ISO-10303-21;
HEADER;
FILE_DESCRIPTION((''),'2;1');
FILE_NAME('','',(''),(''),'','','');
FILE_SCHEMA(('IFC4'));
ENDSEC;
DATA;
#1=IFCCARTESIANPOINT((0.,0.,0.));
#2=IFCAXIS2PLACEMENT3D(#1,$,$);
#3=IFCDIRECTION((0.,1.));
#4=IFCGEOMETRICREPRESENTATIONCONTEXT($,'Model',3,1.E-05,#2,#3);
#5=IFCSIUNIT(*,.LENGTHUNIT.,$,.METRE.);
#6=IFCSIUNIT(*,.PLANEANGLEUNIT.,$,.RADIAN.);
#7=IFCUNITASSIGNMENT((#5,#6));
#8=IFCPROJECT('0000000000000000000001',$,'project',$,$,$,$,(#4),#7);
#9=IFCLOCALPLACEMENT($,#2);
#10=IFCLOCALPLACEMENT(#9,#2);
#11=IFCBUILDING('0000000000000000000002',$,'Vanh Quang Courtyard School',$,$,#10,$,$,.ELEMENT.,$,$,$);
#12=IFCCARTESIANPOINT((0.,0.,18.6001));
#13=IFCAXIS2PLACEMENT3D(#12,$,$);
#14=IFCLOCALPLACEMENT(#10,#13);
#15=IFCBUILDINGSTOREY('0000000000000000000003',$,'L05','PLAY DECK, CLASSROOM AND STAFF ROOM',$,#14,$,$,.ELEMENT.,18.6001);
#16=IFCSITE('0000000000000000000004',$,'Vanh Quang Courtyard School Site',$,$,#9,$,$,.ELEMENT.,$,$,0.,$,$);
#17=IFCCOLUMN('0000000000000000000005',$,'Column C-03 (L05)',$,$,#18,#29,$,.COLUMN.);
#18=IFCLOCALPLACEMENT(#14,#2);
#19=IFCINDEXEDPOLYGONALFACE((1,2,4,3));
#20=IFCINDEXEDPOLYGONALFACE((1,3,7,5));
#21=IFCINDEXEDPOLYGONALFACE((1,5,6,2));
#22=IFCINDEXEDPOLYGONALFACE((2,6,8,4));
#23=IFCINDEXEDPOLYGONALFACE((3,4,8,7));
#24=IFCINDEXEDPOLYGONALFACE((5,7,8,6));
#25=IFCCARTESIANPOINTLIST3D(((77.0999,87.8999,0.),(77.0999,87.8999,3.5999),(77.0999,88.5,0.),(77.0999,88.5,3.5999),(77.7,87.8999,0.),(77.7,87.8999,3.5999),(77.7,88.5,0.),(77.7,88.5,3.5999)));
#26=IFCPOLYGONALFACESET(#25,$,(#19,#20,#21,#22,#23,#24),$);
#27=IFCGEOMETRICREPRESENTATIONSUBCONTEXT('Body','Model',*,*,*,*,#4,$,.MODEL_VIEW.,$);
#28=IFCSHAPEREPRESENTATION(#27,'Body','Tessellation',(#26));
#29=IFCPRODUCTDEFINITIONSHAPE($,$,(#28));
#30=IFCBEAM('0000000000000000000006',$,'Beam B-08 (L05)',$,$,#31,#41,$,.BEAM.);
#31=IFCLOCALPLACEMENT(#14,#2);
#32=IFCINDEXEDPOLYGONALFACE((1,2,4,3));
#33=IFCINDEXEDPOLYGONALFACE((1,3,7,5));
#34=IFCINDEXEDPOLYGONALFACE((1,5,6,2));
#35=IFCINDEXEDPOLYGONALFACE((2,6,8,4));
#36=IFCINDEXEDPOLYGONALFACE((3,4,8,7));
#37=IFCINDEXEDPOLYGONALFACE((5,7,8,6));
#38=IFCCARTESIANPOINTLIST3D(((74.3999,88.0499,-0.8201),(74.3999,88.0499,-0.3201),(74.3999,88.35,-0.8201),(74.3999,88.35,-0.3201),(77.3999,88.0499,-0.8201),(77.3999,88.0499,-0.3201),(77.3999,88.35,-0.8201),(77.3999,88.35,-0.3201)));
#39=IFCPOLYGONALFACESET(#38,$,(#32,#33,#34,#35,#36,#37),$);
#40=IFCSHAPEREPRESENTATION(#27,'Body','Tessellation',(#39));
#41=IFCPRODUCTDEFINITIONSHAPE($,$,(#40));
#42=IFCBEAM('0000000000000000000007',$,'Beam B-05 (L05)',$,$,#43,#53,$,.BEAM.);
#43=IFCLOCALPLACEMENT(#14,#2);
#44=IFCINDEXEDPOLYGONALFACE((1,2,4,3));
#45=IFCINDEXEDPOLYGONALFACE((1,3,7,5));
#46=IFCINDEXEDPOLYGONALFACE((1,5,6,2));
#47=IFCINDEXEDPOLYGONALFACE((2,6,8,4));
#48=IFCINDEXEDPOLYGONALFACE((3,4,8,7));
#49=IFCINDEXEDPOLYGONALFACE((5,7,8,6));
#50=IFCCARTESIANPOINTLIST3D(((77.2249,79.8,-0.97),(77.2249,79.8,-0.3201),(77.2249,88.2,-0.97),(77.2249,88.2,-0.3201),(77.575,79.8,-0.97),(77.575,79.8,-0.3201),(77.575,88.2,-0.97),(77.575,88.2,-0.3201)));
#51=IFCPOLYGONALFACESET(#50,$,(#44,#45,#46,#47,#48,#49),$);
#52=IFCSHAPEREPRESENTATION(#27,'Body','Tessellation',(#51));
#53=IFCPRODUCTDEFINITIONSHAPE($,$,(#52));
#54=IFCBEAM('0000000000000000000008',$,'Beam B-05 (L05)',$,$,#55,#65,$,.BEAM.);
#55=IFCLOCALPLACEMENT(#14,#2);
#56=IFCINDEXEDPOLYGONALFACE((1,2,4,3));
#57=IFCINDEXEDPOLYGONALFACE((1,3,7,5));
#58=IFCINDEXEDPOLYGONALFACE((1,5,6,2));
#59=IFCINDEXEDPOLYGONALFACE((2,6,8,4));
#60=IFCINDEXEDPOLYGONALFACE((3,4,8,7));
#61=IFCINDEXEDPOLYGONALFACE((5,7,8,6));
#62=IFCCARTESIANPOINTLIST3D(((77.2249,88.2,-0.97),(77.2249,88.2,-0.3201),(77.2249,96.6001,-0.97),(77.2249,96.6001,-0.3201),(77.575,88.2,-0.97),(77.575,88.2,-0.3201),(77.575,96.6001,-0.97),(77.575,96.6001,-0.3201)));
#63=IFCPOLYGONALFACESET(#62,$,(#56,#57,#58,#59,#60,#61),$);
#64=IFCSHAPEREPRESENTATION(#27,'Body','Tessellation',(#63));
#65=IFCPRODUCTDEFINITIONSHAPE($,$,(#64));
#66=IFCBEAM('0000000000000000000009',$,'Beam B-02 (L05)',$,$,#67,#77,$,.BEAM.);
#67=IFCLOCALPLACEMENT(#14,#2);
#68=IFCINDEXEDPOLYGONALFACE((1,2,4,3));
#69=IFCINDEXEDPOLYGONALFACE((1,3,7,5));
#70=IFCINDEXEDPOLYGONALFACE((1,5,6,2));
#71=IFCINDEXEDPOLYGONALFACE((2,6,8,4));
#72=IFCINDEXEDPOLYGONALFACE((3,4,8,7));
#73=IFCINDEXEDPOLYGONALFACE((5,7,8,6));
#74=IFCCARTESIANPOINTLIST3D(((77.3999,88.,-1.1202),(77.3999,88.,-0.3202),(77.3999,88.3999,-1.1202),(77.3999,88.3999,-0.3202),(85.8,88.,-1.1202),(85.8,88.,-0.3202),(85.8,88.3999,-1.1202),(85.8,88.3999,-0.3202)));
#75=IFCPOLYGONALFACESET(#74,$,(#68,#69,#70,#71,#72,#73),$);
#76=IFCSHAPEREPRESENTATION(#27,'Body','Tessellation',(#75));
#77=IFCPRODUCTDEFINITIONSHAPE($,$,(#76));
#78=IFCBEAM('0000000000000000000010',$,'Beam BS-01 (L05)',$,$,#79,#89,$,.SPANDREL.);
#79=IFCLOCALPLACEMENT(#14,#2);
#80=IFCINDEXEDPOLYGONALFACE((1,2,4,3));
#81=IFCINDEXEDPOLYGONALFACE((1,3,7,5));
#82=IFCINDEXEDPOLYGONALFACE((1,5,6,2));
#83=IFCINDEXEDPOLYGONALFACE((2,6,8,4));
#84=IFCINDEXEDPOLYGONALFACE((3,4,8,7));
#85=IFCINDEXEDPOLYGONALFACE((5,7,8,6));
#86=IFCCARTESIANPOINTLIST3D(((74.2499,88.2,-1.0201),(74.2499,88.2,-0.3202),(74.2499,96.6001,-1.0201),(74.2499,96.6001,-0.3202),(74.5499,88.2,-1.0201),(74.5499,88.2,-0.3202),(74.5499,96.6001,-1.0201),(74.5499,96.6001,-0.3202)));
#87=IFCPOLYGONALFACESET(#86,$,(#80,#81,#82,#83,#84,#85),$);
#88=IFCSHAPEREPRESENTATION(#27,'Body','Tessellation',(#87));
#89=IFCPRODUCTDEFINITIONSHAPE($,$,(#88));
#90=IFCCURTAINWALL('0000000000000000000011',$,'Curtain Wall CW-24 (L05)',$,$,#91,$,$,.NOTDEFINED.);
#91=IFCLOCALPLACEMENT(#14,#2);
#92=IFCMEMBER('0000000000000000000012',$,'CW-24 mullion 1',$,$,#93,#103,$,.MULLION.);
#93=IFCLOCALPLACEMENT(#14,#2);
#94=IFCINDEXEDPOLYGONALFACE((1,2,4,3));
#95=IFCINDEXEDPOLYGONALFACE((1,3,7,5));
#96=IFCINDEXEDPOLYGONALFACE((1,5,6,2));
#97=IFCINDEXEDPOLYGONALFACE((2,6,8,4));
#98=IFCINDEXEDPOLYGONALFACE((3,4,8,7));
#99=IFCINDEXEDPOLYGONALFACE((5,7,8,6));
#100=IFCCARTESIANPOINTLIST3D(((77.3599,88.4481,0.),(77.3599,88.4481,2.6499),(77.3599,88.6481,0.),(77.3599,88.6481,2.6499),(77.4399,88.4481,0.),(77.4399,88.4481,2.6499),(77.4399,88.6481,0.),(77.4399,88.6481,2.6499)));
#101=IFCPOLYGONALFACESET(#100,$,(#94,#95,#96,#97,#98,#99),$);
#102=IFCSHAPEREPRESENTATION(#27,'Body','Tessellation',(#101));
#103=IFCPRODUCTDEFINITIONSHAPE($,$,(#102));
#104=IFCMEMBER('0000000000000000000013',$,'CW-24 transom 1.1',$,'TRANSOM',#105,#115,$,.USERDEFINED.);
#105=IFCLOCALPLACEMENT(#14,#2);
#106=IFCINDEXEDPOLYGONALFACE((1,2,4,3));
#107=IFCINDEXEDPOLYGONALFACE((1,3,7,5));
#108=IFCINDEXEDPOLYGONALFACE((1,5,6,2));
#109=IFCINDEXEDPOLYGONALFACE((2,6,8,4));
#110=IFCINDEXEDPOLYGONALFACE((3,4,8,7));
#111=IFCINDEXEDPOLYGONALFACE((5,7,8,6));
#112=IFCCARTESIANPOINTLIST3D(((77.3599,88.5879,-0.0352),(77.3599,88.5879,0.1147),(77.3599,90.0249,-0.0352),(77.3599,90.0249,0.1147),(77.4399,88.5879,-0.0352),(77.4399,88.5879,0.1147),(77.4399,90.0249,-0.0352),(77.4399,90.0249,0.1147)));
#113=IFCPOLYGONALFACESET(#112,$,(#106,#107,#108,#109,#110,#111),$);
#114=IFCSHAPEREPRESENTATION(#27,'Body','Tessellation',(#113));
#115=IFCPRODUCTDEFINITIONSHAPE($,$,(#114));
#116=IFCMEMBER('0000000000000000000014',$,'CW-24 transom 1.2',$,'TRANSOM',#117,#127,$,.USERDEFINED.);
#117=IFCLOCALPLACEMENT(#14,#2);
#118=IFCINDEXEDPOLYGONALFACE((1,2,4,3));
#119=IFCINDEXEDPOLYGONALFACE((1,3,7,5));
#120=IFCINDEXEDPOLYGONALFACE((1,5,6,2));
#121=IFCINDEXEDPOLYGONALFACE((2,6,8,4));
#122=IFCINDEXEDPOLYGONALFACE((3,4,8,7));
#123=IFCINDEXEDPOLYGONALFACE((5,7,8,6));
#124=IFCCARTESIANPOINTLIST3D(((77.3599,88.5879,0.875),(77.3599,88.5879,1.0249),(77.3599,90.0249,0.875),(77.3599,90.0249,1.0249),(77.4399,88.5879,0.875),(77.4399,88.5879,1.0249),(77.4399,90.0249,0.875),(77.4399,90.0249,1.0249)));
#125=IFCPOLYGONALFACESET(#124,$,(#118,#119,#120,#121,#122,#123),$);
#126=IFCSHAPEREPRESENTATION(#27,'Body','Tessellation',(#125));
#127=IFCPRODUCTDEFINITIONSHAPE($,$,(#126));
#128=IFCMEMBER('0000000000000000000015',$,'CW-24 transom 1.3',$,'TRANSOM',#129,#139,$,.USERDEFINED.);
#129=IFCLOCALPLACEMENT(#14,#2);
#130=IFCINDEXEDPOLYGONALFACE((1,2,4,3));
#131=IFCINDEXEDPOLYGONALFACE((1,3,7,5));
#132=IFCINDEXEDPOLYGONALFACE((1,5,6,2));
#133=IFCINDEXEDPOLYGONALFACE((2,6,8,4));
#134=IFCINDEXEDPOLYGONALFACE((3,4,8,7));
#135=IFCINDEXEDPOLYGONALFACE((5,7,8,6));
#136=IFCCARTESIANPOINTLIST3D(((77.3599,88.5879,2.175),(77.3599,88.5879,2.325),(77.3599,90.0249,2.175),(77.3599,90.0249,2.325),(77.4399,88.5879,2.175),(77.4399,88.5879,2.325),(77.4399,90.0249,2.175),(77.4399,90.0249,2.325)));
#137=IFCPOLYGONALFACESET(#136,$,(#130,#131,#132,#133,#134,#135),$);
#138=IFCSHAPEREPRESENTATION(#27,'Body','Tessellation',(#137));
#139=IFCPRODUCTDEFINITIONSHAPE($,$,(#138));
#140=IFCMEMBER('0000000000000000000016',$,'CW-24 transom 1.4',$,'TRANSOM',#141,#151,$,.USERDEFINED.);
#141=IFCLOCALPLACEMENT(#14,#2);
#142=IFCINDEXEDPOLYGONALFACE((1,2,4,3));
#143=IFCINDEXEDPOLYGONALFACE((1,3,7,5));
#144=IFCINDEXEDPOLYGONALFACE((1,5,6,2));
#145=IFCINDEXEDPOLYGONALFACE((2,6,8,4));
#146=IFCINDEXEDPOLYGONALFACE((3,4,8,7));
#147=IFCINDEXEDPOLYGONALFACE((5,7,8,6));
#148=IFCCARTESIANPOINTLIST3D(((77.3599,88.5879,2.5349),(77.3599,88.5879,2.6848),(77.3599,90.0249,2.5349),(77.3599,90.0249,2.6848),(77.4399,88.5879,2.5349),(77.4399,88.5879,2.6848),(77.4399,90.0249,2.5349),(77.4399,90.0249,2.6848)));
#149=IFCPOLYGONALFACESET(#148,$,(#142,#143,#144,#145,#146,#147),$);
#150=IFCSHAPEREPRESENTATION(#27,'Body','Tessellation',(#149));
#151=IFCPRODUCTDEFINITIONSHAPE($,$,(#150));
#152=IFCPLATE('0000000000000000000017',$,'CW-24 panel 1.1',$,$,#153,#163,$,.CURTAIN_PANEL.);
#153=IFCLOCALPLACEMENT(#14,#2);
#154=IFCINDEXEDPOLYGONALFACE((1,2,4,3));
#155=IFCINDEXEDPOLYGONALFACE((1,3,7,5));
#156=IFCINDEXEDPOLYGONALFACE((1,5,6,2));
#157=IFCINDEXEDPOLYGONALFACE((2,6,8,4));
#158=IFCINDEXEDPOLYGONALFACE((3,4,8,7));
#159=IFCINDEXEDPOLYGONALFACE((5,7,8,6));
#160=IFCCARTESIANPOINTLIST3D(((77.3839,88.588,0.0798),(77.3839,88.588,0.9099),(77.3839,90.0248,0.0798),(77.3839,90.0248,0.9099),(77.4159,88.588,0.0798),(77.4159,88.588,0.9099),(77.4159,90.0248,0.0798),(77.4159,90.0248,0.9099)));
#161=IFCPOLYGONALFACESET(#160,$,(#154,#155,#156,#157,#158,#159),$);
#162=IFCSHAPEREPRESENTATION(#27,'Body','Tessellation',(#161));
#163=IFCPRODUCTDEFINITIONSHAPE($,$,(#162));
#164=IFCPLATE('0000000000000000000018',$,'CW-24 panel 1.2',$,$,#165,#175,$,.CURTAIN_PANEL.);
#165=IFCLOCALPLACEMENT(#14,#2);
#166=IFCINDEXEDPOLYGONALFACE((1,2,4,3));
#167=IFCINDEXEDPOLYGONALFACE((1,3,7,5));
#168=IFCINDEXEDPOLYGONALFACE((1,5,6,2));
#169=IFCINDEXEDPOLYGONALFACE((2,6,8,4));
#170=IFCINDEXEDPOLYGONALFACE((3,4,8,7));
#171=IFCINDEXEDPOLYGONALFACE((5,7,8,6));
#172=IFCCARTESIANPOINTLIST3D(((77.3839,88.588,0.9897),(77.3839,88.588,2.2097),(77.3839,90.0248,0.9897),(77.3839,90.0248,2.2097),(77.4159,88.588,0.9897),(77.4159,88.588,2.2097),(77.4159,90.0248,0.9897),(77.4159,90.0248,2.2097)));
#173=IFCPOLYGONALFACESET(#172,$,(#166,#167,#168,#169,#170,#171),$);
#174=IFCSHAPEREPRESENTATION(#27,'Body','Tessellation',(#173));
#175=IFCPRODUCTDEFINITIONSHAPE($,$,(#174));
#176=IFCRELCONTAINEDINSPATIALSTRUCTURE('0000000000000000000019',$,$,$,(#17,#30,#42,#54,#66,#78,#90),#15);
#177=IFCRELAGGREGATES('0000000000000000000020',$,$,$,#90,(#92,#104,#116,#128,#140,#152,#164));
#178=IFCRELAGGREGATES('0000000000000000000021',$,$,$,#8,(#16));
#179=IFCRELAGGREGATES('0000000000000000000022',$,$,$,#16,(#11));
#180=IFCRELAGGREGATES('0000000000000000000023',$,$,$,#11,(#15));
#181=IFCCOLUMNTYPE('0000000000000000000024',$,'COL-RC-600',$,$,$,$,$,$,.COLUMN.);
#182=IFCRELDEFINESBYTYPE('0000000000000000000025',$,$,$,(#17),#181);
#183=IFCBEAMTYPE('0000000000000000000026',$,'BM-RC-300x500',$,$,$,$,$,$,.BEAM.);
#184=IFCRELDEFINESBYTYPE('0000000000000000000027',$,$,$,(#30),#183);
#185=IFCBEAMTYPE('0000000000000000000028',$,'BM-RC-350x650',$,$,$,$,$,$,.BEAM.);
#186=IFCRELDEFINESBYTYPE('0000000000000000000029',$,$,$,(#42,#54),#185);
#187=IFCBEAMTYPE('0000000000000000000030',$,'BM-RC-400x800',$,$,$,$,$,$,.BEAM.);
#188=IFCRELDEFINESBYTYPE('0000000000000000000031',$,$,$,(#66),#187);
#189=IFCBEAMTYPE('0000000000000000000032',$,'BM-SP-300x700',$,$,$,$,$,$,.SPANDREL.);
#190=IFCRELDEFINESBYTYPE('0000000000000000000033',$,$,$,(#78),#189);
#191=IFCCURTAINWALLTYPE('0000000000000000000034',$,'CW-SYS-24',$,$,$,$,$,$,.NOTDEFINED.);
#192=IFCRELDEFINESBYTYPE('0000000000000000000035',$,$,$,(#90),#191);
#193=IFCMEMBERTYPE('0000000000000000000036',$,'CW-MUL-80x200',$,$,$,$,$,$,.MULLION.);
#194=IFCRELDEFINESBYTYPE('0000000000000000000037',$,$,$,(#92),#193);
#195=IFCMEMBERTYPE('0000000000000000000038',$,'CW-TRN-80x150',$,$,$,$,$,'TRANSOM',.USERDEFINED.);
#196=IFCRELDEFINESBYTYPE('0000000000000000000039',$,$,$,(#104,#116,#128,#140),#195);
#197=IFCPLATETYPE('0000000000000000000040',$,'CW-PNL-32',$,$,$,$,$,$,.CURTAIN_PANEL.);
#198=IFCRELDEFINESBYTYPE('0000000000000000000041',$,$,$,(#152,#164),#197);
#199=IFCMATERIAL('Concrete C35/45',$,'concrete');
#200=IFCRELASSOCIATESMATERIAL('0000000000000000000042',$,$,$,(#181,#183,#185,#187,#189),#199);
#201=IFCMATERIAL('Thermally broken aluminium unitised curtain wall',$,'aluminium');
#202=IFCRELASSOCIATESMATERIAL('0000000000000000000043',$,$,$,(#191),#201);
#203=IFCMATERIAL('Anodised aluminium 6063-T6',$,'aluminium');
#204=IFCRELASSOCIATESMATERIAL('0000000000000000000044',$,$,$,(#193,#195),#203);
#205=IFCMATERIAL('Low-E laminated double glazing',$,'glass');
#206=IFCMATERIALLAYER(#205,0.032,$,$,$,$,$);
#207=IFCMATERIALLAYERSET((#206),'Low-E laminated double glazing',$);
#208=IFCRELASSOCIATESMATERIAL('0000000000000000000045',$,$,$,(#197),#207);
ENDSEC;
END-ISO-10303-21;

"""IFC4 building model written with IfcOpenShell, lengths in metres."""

from ifc_helpers import new_model, si_unit, direction, frame, origin, origin_2d, place, context, subcontext, project, spatial, rectangle, extrude, material, layer, layer_set, material_profile, profile_set, type_object, element, aggregate, save


model = new_model("IFC4")

# Units and contexts
model_context = context("Model", 3, precision=1e-05, world=origin(), true_north=direction((0.0, 1.0)))
body_context = subcontext(model_context, "Body", "Model", "MODEL_VIEW")
ifc_project = project(units=[si_unit("LENGTHUNIT", "METRE"), si_unit("PLANEANGLEUNIT", "RADIAN")], contexts=[model_context])

# Site, building, storey
site_placement = place(None, origin())
site = spatial("IfcSite", under=ifc_project, at=site_placement, Name="Vanh Quang Courtyard School Site", CompositionType="ELEMENT", RefElevation=0.0)
building_placement = place(site_placement, origin())
building = spatial("IfcBuilding", under=site, at=building_placement, Name="Vanh Quang Courtyard School", CompositionType="ELEMENT")
storey_placement = place(building_placement, frame((0.0, 0.0, 18.6001)))
storey = spatial("IfcBuildingStorey", under=building, at=storey_placement, Name="L05", Description="PLAY DECK, CLASSROOM AND STAFF ROOM", CompositionType="ELEMENT", Elevation=18.6001)

# Column
ifc_material_1 = material(Name="Concrete C35/45", Category="concrete")
ifc_material_profile_1 = material_profile(ifc_material_1, rectangle(XDim=0.6001, YDim=0.6001, at=origin_2d()), Name="RC-COL 600x600")
ifc_profile_set_1 = profile_set([ifc_material_profile_1], Name="Concrete C35/45")
column_type = type_object("IfcColumnType", Name="COL-RC-600", PredefinedType="COLUMN", material=ifc_profile_set_1)
column_placement = place(storey_placement, frame((77.3999, 88.2, 0.0), z_axis=(0.0, 0.0, 1.0), x_axis=(1.0, 0.0, 0.0)))
element("IfcColumn", 1, at=column_placement, inside=storey, type_object=column_type, Name="Column C-03 (L05)", PredefinedType="COLUMN", context=body_context, shape_type="SweptSolid", body=[
    extrude(rectangle(XDim=0.6001, YDim=0.6001, at=origin_2d()), origin(), (0.0, 0.0, 1.0), 3.5999),
])

# Beams
ifc_material_profile_2 = material_profile(ifc_material_1, rectangle(XDim=0.3, YDim=0.5, at=origin_2d()), Name="RC-BM 300x500")
ifc_profile_set_2 = profile_set([ifc_material_profile_2], Name="Concrete C35/45")
beam_type_1 = type_object("IfcBeamType", Name="BM-RC-300x500", PredefinedType="BEAM", material=ifc_profile_set_2)
beam_1_placement = place(storey_placement, frame((74.3999, 88.2, -0.5701), z_axis=(1.0, 0.0, 0.0), x_axis=(0.0, 1.0, 0.0)))
element("IfcBeam", 2, at=beam_1_placement, inside=storey, type_object=beam_type_1, Name="Beam B-08 (L05)", PredefinedType="BEAM", context=body_context, shape_type="SweptSolid", body=[
    extrude(rectangle(XDim=0.3, YDim=0.5, at=origin_2d()), origin(), (0.0, 0.0, 1.0), 3.0),
])
ifc_material_profile_3 = material_profile(ifc_material_1, rectangle(XDim=0.3501, YDim=0.6499, at=origin_2d()), Name="RC-BM 350x650")
ifc_profile_set_3 = profile_set([ifc_material_profile_3], Name="Concrete C35/45")
beam_type_2 = type_object("IfcBeamType", Name="BM-RC-350x650", PredefinedType="BEAM", material=ifc_profile_set_3)
beam_2_placement = place(storey_placement, frame((77.3999, 79.8, -0.645), z_axis=(0.0, 1.0, 0.0), x_axis=(-1.0, 0.0, 0.0)))
element("IfcBeam", 3, at=beam_2_placement, inside=storey, type_object=beam_type_2, Name="Beam B-05 (L05)", PredefinedType="BEAM", context=body_context, shape_type="SweptSolid", body=[
    extrude(rectangle(XDim=0.3501, YDim=0.6499, at=origin_2d()), origin(), (0.0, 0.0, 1.0), 8.3999),
])
beam_3_placement = place(storey_placement, frame((77.3999, 88.2, -0.645), z_axis=(0.0, 1.0, 0.0), x_axis=(-1.0, 0.0, 0.0)))
element("IfcBeam", 4, at=beam_3_placement, inside=storey, type_object=beam_type_2, Name="Beam B-05 (L05)", PredefinedType="BEAM", context=body_context, shape_type="SweptSolid", body=[
    extrude(rectangle(XDim=0.3501, YDim=0.6499, at=origin_2d()), origin(), (0.0, 0.0, 1.0), 8.4001),
])
ifc_material_profile_4 = material_profile(ifc_material_1, rectangle(XDim=0.3999, YDim=0.8, at=origin_2d()), Name="RC-BM 400x800")
ifc_profile_set_4 = profile_set([ifc_material_profile_4], Name="Concrete C35/45")
beam_type_3 = type_object("IfcBeamType", Name="BM-RC-400x800", PredefinedType="BEAM", material=ifc_profile_set_4)
beam_4_placement = place(storey_placement, frame((77.3999, 88.2, -0.7202), z_axis=(1.0, 0.0, 0.0), x_axis=(0.0, 1.0, 0.0)))
element("IfcBeam", 5, at=beam_4_placement, inside=storey, type_object=beam_type_3, Name="Beam B-02 (L05)", PredefinedType="BEAM", context=body_context, shape_type="SweptSolid", body=[
    extrude(rectangle(XDim=0.3999, YDim=0.8, at=origin_2d()), origin(), (0.0, 0.0, 1.0), 8.4001),
])
ifc_material_profile_5 = material_profile(ifc_material_1, rectangle(XDim=0.3, YDim=0.7, at=origin_2d()), Name="RC-SP 300x700")
ifc_profile_set_5 = profile_set([ifc_material_profile_5], Name="Concrete C35/45")
beam_type_4 = type_object("IfcBeamType", Name="BM-SP-300x700", PredefinedType="SPANDREL", material=ifc_profile_set_5)
beam_5_placement = place(storey_placement, frame((74.3999, 88.2, -0.6702), z_axis=(0.0, 1.0, 0.0), x_axis=(-1.0, 0.0, 0.0)))
element("IfcBeam", 6, at=beam_5_placement, inside=storey, type_object=beam_type_4, Name="Beam BS-01 (L05)", PredefinedType="SPANDREL", context=body_context, shape_type="SweptSolid", body=[
    extrude(rectangle(XDim=0.3, YDim=0.7, at=origin_2d()), origin(), (0.0, 0.0, 1.0), 8.4001),
])

# Curtain wall, members, plates
ifc_material_2 = material(Name="Thermally broken aluminium unitised curtain wall", Category="aluminium")
curtain_wall_type = type_object("IfcCurtainWallType", Name="CW-SYS-24", PredefinedType="NOTDEFINED", material=ifc_material_2)
curtain_wall_placement = place(storey_placement, origin())
curtain_wall = element("IfcCurtainWall", 7, at=curtain_wall_placement, inside=storey, type_object=curtain_wall_type, Name="Curtain Wall CW-24 (L05)", PredefinedType="NOTDEFINED")
ifc_material_3 = material(Name="Anodised aluminium 6063-T6", Category="aluminium")
ifc_material_profile_6 = material_profile(ifc_material_3, rectangle(XDim=0.0801, YDim=0.2, at=origin_2d()), Name="ALU-MUL 80x200")
ifc_profile_set_6 = profile_set([ifc_material_profile_6], Name="Anodised aluminium 6063-T6")
member_type_1 = type_object("IfcMemberType", Name="CW-MUL-80x200", PredefinedType="MULLION", material=ifc_profile_set_6)
member_1_placement = place(storey_placement, frame((77.3999, 88.5481, 0.0), z_axis=(0.0, 0.0, 1.0), x_axis=(-1.0, 0.0, 0.0)))
member_1 = element("IfcMember", 8, at=member_1_placement, type_object=member_type_1, Name="CW-24 mullion 1", PredefinedType="MULLION", context=body_context, shape_type="SweptSolid", body=[
    extrude(rectangle(XDim=0.0801, YDim=0.2, at=origin_2d()), origin(), (0.0, 0.0, 1.0), 2.6499),
])
ifc_material_profile_7 = material_profile(ifc_material_3, rectangle(XDim=0.0801, YDim=0.1499, at=origin_2d()), Name="ALU-TRN 80x150")
ifc_profile_set_7 = profile_set([ifc_material_profile_7], Name="Anodised aluminium 6063-T6")
member_type_2 = type_object("IfcMemberType", Name="CW-TRN-80x150", ElementType="TRANSOM", PredefinedType="USERDEFINED", material=ifc_profile_set_7)
member_2_placement = place(storey_placement, frame((77.3999, 88.5879, 0.0398), z_axis=(0.0, 1.0, 0.0), x_axis=(-1.0, 0.0, 0.0)))
member_2 = element("IfcMember", 9, at=member_2_placement, type_object=member_type_2, Name="CW-24 transom 1.1", ObjectType="TRANSOM", PredefinedType="USERDEFINED", context=body_context, shape_type="SweptSolid", body=[
    extrude(rectangle(XDim=0.0801, YDim=0.1499, at=origin_2d()), origin(), (0.0, 0.0, 1.0), 1.437),
])
member_3_placement = place(storey_placement, frame((77.3999, 88.5879, 0.95), z_axis=(0.0, 1.0, 0.0), x_axis=(-1.0, 0.0, 0.0)))
member_3 = element("IfcMember", 10, at=member_3_placement, type_object=member_type_2, Name="CW-24 transom 1.2", ObjectType="TRANSOM", PredefinedType="USERDEFINED", context=body_context, shape_type="SweptSolid", body=[
    extrude(rectangle(XDim=0.0801, YDim=0.1499, at=origin_2d()), origin(), (0.0, 0.0, 1.0), 1.437),
])
member_4_placement = place(storey_placement, frame((77.3999, 88.5879, 2.25), z_axis=(0.0, 1.0, 0.0), x_axis=(-1.0, 0.0, 0.0)))
member_4 = element("IfcMember", 11, at=member_4_placement, type_object=member_type_2, Name="CW-24 transom 1.3", ObjectType="TRANSOM", PredefinedType="USERDEFINED", context=body_context, shape_type="SweptSolid", body=[
    extrude(rectangle(XDim=0.0801, YDim=0.1499, at=origin_2d()), origin(), (0.0, 0.0, 1.0), 1.437),
])
member_5_placement = place(storey_placement, frame((77.3999, 88.5879, 2.6099), z_axis=(0.0, 1.0, 0.0), x_axis=(-1.0, 0.0, 0.0)))
member_5 = element("IfcMember", 12, at=member_5_placement, type_object=member_type_2, Name="CW-24 transom 1.4", ObjectType="TRANSOM", PredefinedType="USERDEFINED", context=body_context, shape_type="SweptSolid", body=[
    extrude(rectangle(XDim=0.0801, YDim=0.1499, at=origin_2d()), origin(), (0.0, 0.0, 1.0), 1.437),
])
ifc_material_4 = material(Name="Low-E laminated double glazing", Category="glass")
ifc_layer_1 = layer(ifc_material_4, 0.032)
ifc_layer_set_1 = layer_set([ifc_layer_1], Name="Low-E laminated double glazing")
plate_type = type_object("IfcPlateType", Name="CW-PNL-32", PredefinedType="CURTAIN_PANEL", material=ifc_layer_set_1)
plate_1_placement = place(storey_placement, frame((77.3999, 89.3064, 0.0798), z_axis=(0.0, 0.0, 1.0), x_axis=(0.0, 1.0, 0.0)))
plate_1 = element("IfcPlate", 13, at=plate_1_placement, type_object=plate_type, Name="CW-24 panel 1.1", PredefinedType="CURTAIN_PANEL", context=body_context, shape_type="SweptSolid", body=[
    extrude(rectangle(XDim=1.4368, YDim=0.032, at=origin_2d()), origin(), (0.0, 0.0, 1.0), 0.8301),
])
plate_2_placement = place(storey_placement, frame((77.3999, 89.3064, 0.9897), z_axis=(0.0, 0.0, 1.0), x_axis=(0.0, 1.0, 0.0)))
plate_2 = element("IfcPlate", 14, at=plate_2_placement, type_object=plate_type, Name="CW-24 panel 1.2", PredefinedType="CURTAIN_PANEL", context=body_context, shape_type="SweptSolid", body=[
    extrude(rectangle(XDim=1.4368, YDim=0.032, at=origin_2d()), origin(), (0.0, 0.0, 1.0), 1.22),
])
aggregate(curtain_wall, [member_1, member_2, member_3, member_4, member_5, plate_1, plate_2])

save(model, "model.ifc")
